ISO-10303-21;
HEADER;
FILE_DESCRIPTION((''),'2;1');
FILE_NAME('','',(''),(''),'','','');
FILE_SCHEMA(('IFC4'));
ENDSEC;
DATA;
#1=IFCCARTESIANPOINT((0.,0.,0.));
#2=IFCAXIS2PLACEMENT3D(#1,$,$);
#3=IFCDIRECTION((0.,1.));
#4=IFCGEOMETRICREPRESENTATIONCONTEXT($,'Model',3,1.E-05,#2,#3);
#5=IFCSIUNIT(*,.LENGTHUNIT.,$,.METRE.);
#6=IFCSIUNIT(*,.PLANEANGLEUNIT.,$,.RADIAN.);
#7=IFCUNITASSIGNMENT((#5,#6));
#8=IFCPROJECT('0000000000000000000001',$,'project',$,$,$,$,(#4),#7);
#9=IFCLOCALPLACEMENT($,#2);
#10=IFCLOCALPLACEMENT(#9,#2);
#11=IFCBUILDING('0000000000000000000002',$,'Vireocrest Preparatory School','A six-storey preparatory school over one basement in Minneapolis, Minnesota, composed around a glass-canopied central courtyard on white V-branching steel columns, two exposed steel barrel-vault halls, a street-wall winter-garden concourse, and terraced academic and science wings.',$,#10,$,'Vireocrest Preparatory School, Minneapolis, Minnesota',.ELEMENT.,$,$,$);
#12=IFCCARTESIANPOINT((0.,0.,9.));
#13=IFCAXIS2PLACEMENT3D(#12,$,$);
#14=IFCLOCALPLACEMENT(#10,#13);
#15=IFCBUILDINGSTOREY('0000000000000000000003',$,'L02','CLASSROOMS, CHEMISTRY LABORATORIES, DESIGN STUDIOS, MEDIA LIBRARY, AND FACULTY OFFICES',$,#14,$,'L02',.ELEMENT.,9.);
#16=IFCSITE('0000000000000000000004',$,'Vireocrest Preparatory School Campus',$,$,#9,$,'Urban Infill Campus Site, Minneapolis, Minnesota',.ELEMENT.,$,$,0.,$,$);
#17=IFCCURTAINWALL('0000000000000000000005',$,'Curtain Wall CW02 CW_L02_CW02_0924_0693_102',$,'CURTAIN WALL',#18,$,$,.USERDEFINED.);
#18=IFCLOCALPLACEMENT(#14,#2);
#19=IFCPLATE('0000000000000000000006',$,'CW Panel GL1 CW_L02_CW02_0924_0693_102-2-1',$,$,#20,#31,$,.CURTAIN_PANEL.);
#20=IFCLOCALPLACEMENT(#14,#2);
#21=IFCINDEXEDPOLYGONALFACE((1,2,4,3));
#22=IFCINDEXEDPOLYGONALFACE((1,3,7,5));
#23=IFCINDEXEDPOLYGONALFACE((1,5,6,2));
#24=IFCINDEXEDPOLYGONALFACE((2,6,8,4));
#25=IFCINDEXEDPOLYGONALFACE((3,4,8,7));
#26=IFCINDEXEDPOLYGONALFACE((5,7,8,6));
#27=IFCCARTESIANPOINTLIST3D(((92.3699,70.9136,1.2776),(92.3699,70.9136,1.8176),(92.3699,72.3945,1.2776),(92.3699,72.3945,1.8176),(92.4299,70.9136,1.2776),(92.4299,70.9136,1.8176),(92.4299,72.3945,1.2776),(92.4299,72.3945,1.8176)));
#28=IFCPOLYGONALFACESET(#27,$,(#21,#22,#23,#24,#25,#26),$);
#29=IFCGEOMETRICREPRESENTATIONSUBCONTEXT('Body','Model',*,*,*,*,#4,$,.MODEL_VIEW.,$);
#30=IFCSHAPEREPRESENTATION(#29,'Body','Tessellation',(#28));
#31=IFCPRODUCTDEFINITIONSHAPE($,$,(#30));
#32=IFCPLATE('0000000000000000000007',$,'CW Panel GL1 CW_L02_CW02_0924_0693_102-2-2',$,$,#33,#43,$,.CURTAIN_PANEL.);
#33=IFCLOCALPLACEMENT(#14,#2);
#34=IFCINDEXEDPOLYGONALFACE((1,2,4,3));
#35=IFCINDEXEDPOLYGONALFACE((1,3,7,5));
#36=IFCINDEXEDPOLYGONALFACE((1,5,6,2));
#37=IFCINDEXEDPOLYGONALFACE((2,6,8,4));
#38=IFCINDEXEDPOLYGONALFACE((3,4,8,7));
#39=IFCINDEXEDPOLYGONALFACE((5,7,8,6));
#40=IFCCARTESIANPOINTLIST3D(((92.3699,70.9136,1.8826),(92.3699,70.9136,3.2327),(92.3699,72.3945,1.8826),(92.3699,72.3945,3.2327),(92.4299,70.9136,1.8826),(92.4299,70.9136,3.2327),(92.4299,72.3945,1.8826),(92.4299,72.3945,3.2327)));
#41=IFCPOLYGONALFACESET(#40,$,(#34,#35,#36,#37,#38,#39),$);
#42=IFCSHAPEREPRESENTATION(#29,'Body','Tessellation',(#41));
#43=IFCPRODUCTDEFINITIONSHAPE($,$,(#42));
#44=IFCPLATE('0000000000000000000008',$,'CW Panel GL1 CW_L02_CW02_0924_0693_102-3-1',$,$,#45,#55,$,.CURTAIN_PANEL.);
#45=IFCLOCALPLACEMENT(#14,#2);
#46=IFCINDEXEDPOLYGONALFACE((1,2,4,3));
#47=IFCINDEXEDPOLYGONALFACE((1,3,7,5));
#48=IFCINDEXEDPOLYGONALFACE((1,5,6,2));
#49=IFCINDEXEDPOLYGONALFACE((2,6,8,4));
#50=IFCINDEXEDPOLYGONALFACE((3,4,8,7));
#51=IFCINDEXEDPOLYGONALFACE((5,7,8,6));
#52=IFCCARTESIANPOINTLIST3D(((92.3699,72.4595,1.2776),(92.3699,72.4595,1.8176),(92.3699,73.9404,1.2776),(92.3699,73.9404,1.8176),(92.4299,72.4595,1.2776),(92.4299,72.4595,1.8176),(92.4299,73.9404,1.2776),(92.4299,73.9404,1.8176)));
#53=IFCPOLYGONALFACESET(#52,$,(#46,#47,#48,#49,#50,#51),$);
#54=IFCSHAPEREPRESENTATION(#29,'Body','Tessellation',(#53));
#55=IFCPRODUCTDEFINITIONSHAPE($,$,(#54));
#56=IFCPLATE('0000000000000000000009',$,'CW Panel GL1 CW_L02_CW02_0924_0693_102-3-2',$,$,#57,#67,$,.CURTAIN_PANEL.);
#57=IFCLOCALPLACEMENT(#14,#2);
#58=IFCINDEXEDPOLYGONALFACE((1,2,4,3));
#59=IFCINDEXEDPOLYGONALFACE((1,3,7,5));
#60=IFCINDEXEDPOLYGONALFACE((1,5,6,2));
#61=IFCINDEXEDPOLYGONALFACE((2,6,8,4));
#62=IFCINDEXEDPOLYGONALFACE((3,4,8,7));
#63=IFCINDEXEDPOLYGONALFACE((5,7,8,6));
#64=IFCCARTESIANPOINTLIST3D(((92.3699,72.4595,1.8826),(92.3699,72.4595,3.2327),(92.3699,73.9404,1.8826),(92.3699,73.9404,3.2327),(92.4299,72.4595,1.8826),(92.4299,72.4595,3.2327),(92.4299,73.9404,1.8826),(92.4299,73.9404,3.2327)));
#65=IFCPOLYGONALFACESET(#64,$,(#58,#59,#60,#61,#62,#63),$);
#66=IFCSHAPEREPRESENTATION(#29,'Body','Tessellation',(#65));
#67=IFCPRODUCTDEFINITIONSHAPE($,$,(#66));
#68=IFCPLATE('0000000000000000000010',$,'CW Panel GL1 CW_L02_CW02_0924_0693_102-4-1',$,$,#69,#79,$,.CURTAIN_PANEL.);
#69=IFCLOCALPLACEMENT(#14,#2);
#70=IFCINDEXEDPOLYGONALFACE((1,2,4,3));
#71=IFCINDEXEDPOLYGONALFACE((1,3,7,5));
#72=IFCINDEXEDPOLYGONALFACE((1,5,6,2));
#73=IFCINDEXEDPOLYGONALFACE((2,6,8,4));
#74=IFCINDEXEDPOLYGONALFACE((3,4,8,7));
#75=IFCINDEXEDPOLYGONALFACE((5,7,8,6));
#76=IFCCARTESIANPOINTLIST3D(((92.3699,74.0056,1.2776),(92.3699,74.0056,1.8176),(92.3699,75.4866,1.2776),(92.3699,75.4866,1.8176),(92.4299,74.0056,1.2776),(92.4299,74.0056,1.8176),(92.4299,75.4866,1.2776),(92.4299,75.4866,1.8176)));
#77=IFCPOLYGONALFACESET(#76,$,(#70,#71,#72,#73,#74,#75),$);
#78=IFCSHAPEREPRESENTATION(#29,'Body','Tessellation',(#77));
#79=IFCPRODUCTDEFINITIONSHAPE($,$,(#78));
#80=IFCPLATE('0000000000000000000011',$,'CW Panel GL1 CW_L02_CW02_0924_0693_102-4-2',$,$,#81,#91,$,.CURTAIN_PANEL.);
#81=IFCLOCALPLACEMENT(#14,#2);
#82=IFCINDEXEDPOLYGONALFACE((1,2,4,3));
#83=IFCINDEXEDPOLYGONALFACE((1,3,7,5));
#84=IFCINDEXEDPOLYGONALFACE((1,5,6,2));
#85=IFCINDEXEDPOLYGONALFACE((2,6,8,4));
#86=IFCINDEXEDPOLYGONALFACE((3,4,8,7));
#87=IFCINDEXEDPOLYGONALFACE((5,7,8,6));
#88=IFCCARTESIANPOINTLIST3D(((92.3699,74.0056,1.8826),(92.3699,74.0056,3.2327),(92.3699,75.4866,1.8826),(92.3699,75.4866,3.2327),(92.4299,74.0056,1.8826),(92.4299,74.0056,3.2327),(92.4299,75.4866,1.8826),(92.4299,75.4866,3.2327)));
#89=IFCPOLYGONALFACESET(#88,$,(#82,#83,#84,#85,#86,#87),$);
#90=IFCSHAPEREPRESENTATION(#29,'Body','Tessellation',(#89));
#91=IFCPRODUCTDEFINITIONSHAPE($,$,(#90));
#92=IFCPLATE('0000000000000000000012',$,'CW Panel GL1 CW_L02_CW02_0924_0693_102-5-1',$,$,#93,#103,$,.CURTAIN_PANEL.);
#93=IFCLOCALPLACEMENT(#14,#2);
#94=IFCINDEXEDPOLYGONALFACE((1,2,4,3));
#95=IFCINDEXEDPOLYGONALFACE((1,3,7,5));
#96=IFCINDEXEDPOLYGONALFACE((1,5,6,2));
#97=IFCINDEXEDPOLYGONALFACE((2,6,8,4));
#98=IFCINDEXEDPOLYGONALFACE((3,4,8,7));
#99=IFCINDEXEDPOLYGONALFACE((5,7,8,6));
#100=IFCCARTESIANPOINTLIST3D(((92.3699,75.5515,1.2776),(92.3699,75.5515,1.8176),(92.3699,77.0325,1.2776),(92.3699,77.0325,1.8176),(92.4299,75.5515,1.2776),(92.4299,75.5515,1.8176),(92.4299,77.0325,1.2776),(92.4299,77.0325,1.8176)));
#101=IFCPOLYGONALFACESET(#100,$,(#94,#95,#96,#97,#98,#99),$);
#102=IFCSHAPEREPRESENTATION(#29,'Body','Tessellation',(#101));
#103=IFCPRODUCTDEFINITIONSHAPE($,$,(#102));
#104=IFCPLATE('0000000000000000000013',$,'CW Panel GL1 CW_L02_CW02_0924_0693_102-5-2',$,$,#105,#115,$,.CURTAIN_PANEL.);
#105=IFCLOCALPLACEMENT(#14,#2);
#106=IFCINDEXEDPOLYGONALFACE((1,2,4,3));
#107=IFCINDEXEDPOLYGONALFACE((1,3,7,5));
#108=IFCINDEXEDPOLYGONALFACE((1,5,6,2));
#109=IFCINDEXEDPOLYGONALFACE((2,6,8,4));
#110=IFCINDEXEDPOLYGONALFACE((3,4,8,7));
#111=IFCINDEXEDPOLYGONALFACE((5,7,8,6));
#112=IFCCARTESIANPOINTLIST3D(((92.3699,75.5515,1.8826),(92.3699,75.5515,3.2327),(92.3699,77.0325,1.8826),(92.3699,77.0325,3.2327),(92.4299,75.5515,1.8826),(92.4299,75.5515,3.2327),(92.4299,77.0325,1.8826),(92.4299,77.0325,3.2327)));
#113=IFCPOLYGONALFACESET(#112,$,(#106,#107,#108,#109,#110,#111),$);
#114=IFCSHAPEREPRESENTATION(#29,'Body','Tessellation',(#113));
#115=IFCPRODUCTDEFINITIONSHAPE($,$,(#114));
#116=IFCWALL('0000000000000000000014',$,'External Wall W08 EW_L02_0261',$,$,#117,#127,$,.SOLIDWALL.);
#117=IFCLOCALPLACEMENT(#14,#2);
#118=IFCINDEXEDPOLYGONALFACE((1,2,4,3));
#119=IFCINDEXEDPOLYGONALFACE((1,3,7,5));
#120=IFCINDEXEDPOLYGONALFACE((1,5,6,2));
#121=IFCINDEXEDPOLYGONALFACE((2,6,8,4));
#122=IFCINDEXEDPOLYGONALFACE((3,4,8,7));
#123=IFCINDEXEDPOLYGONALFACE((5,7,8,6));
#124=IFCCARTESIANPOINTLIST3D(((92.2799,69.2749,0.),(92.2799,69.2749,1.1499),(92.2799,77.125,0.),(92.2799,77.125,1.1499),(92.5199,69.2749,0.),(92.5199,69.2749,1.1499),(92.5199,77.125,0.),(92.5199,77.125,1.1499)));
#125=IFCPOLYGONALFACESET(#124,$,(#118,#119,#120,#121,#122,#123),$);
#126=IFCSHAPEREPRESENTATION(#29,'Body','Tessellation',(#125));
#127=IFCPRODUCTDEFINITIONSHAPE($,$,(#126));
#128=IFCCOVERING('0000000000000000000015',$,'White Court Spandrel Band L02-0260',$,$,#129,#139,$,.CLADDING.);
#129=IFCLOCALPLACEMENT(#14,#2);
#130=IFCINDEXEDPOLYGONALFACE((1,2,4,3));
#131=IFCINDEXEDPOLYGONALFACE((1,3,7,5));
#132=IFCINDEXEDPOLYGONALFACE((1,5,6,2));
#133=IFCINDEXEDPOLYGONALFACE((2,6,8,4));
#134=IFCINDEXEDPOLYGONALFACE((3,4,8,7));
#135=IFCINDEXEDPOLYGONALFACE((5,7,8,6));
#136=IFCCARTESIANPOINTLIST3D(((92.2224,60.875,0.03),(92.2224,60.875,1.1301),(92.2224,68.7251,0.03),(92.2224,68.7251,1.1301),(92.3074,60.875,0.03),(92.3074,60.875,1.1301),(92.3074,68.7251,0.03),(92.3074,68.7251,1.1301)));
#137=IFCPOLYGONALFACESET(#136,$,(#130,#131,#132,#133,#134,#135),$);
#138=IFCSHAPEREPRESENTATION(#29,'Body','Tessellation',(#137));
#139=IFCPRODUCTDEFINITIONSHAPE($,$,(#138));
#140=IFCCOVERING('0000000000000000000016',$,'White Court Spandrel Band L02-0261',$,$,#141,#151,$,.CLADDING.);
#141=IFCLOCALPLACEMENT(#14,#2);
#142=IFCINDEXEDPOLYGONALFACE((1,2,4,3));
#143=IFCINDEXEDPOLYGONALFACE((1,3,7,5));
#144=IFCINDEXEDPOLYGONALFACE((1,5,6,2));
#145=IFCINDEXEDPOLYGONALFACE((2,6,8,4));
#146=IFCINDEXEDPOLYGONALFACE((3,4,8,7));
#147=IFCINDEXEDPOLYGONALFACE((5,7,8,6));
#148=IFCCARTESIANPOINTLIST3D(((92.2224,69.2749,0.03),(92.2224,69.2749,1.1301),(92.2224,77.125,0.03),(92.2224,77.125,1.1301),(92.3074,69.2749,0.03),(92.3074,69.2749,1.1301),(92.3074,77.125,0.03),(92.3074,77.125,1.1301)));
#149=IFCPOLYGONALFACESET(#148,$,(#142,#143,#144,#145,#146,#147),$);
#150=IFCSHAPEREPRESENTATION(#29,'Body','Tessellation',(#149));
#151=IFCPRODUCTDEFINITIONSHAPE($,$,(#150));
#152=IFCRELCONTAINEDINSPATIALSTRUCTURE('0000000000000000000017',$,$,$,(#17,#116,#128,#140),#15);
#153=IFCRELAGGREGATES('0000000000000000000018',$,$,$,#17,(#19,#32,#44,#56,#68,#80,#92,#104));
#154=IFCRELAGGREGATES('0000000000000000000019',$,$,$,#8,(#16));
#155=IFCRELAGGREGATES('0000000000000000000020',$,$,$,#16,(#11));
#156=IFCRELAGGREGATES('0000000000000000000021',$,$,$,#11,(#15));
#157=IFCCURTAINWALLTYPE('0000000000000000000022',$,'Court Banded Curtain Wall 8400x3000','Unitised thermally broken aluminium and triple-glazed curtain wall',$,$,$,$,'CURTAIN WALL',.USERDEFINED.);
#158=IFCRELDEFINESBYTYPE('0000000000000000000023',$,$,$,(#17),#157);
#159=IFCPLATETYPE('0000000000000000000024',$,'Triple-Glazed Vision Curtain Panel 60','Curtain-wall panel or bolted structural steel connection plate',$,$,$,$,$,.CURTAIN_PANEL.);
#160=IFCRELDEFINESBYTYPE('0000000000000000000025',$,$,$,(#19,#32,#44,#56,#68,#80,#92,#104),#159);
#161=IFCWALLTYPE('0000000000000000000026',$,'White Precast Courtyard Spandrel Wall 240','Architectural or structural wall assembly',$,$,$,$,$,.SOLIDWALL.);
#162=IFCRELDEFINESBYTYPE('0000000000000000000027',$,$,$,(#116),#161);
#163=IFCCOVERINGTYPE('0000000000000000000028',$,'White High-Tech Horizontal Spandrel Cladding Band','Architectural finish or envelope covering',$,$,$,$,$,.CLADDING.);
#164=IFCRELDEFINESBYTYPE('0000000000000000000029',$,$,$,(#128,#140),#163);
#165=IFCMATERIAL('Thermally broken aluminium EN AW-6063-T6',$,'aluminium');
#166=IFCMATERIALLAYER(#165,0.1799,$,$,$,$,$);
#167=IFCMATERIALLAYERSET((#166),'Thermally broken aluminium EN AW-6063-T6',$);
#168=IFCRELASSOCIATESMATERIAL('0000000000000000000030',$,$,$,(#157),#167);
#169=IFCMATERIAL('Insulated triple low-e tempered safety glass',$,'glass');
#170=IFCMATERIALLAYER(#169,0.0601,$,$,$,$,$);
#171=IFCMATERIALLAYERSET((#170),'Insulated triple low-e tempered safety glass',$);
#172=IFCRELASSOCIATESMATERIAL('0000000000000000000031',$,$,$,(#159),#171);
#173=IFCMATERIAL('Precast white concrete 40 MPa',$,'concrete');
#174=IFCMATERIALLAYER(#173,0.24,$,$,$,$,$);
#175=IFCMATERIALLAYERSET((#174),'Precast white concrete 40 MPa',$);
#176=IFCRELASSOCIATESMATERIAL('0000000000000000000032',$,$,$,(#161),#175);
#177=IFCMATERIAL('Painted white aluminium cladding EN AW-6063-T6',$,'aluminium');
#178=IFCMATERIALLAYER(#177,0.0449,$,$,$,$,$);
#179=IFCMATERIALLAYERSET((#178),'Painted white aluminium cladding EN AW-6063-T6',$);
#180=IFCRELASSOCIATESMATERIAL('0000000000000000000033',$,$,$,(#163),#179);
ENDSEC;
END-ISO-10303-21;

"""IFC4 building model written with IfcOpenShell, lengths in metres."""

from ifc_helpers import new_model, si_unit, direction, frame, frame_2d, origin, origin_2d, place, context, subcontext, project, spatial, rectangle, extrude, material, layer, layer_set, type_object, element, aggregate, save


model = new_model("IFC4")

# Units and contexts
model_context = context("Model", 3, precision=1e-05, world=origin(), true_north=direction((0.0, 1.0)))
body_context = subcontext(model_context, "Body", "Model", "MODEL_VIEW")
ifc_project = project(units=[si_unit("LENGTHUNIT", "METRE"), si_unit("PLANEANGLEUNIT", "RADIAN")], contexts=[model_context])

# Site, building, storey
site_placement = place(None, origin())
site = spatial("IfcSite", under=ifc_project, at=site_placement, Name="Vireocrest Preparatory School Campus", LongName="Urban Infill Campus Site, Minneapolis, Minnesota", CompositionType="ELEMENT", RefElevation=0.0)
building_placement = place(site_placement, origin())
building = spatial("IfcBuilding", under=site, at=building_placement, Name="Vireocrest Preparatory School", Description="A six-storey preparatory school over one basement in Minneapolis, Minnesota, composed around a glass-canopied central courtyard on white V-branching steel columns, two exposed steel barrel-vault halls, a street-wall winter-garden concourse, and terraced academic and science wings.", LongName="Vireocrest Preparatory School, Minneapolis, Minnesota", CompositionType="ELEMENT")
storey_placement = place(building_placement, frame((0.0, 0.0, 9.0)))
storey = spatial("IfcBuildingStorey", under=building, at=storey_placement, Name="L02", Description="CLASSROOMS, CHEMISTRY LABORATORIES, DESIGN STUDIOS, MEDIA LIBRARY, AND FACULTY OFFICES", LongName="L02", CompositionType="ELEMENT", Elevation=9.0)

# Curtain wall
ifc_material_1 = material(Name="Thermally broken aluminium EN AW-6063-T6", Category="aluminium")
ifc_layer_1 = layer(ifc_material_1, 0.1799)
ifc_layer_set_1 = layer_set([ifc_layer_1], Name="Thermally broken aluminium EN AW-6063-T6")
curtain_wall_type = type_object("IfcCurtainWallType", Name="Court Banded Curtain Wall 8400x3000", Description="Unitised thermally broken aluminium and triple-glazed curtain wall", ElementType="CURTAIN WALL", PredefinedType="USERDEFINED", material=ifc_layer_set_1)
curtain_wall_1_placement = place(storey_placement, origin())
curtain_wall_1 = element("IfcCurtainWall", 1, at=curtain_wall_1_placement, inside=storey, type_object=curtain_wall_type, Name="Curtain Wall CW02 CW_L02_CW02_0924_0693_102", ObjectType="CURTAIN WALL", PredefinedType="USERDEFINED")

# Plates
ifc_material_2 = material(Name="Insulated triple low-e tempered safety glass", Category="glass")
ifc_layer_2 = layer(ifc_material_2, 0.0601)
ifc_layer_set_2 = layer_set([ifc_layer_2], Name="Insulated triple low-e tempered safety glass")
plate_type = type_object("IfcPlateType", Name="Triple-Glazed Vision Curtain Panel 60", Description="Curtain-wall panel or bolted structural steel connection plate", PredefinedType="CURTAIN_PANEL", material=ifc_layer_set_2)
plate_1_placement = place(storey_placement, frame((92.3999, 71.6541, 1.2776), z_axis=(0.0, 0.0, 1.0), x_axis=(0.0, 1.0, 0.0)))
plate_1 = element("IfcPlate", 2, at=plate_1_placement, type_object=plate_type, Name="CW Panel GL1 CW_L02_CW02_0924_0693_102-2-1", PredefinedType="CURTAIN_PANEL", context=body_context, shape_type="SweptSolid", body=[
    extrude(rectangle(XDim=1.481, YDim=0.0601, at=origin_2d()), origin(), (0.0, 0.0, 1.0), 0.54),
])
plate_2_placement = place(storey_placement, frame((92.3999, 71.6541, 1.8826), z_axis=(0.0, 0.0, 1.0), x_axis=(0.0, 1.0, 0.0)))
plate_2 = element("IfcPlate", 3, at=plate_2_placement, type_object=plate_type, Name="CW Panel GL1 CW_L02_CW02_0924_0693_102-2-2", PredefinedType="CURTAIN_PANEL", context=body_context, shape_type="SweptSolid", body=[
    extrude(rectangle(XDim=1.481, YDim=0.0601, at=origin_2d()), origin(), (0.0, 0.0, 1.0), 1.3501),
])
plate_3_placement = place(storey_placement, frame((92.3999, 73.2, 1.2776), z_axis=(0.0, 0.0, 1.0), x_axis=(0.0, 1.0, 0.0)))
plate_3 = element("IfcPlate", 4, at=plate_3_placement, type_object=plate_type, Name="CW Panel GL1 CW_L02_CW02_0924_0693_102-3-1", PredefinedType="CURTAIN_PANEL", context=body_context, shape_type="SweptSolid", body=[
    extrude(rectangle(XDim=1.481, YDim=0.0601, at=origin_2d()), origin(), (0.0, 0.0, 1.0), 0.54),
])
plate_4_placement = place(storey_placement, frame((92.3999, 73.2, 1.8826), z_axis=(0.0, 0.0, 1.0), x_axis=(0.0, 1.0, 0.0)))
plate_4 = element("IfcPlate", 5, at=plate_4_placement, type_object=plate_type, Name="CW Panel GL1 CW_L02_CW02_0924_0693_102-3-2", PredefinedType="CURTAIN_PANEL", context=body_context, shape_type="SweptSolid", body=[
    extrude(rectangle(XDim=1.481, YDim=0.0601, at=origin_2d()), origin(), (0.0, 0.0, 1.0), 1.3501),
])
plate_5_placement = place(storey_placement, frame((92.3999, 74.7461, 1.2776), z_axis=(0.0, 0.0, 1.0), x_axis=(0.0, 1.0, 0.0)))
plate_5 = element("IfcPlate", 6, at=plate_5_placement, type_object=plate_type, Name="CW Panel GL1 CW_L02_CW02_0924_0693_102-4-1", PredefinedType="CURTAIN_PANEL", context=body_context, shape_type="SweptSolid", body=[
    extrude(rectangle(XDim=1.481, YDim=0.0601, at=origin_2d()), origin(), (0.0, 0.0, 1.0), 0.54),
])
plate_6_placement = place(storey_placement, frame((92.3999, 74.7461, 1.8826), z_axis=(0.0, 0.0, 1.0), x_axis=(0.0, 1.0, 0.0)))
plate_6 = element("IfcPlate", 7, at=plate_6_placement, type_object=plate_type, Name="CW Panel GL1 CW_L02_CW02_0924_0693_102-4-2", PredefinedType="CURTAIN_PANEL", context=body_context, shape_type="SweptSolid", body=[
    extrude(rectangle(XDim=1.481, YDim=0.0601, at=origin_2d()), origin(), (0.0, 0.0, 1.0), 1.3501),
])
plate_7_placement = place(storey_placement, frame((92.3999, 76.292, 1.2776), z_axis=(0.0, 0.0, 1.0), x_axis=(0.0, 1.0, 0.0)))
plate_7 = element("IfcPlate", 8, at=plate_7_placement, type_object=plate_type, Name="CW Panel GL1 CW_L02_CW02_0924_0693_102-5-1", PredefinedType="CURTAIN_PANEL", context=body_context, shape_type="SweptSolid", body=[
    extrude(rectangle(XDim=1.481, YDim=0.0601, at=origin_2d()), origin(), (0.0, 0.0, 1.0), 0.54),
])
plate_8_placement = place(storey_placement, frame((92.3999, 76.292, 1.8826), z_axis=(0.0, 0.0, 1.0), x_axis=(0.0, 1.0, 0.0)))
plate_8 = element("IfcPlate", 9, at=plate_8_placement, type_object=plate_type, Name="CW Panel GL1 CW_L02_CW02_0924_0693_102-5-2", PredefinedType="CURTAIN_PANEL", context=body_context, shape_type="SweptSolid", body=[
    extrude(rectangle(XDim=1.481, YDim=0.0601, at=origin_2d()), origin(), (0.0, 0.0, 1.0), 1.3501),
])
aggregate(curtain_wall_1, [plate_1, plate_2, plate_3, plate_4, plate_5, plate_6, plate_7, plate_8])

# Wall
ifc_material_3 = material(Name="Precast white concrete 40 MPa", Category="concrete")
ifc_layer_3 = layer(ifc_material_3, 0.24)
ifc_layer_set_3 = layer_set([ifc_layer_3], Name="Precast white concrete 40 MPa")
wall_type = type_object("IfcWallType", Name="White Precast Courtyard Spandrel Wall 240", Description="Architectural or structural wall assembly", PredefinedType="SOLIDWALL", material=ifc_layer_set_3)
wall_placement = place(storey_placement, frame((92.3999, 69.2749, 0.0), z_axis=(0.0, 0.0, 1.0), x_axis=(0.0, 1.0, 0.0)))
element("IfcWall", 10, at=wall_placement, inside=storey, type_object=wall_type, Name="External Wall W08 EW_L02_0261", PredefinedType="SOLIDWALL", context=body_context, shape_type="SweptSolid", body=[
    extrude(rectangle(XDim=7.8501, YDim=0.24, at=frame_2d((3.925, 0.0))), origin(), (0.0, 0.0, 1.0), 1.1499),
])

# Coverings
ifc_material_4 = material(Name="Painted white aluminium cladding EN AW-6063-T6", Category="aluminium")
ifc_layer_4 = layer(ifc_material_4, 0.0449)
ifc_layer_set_4 = layer_set([ifc_layer_4], Name="Painted white aluminium cladding EN AW-6063-T6")
covering_type = type_object("IfcCoveringType", Name="White High-Tech Horizontal Spandrel Cladding Band", Description="Architectural finish or envelope covering", PredefinedType="CLADDING", material=ifc_layer_set_4)
for number, where, z_axis, x_axis, name in (
    (11, (92.2649, 64.8, 0.03), (0.0, 0.0, 1.0), (1.0, 0.0, 0.0), "White Court Spandrel Band L02-0260"),
    (12, (92.2649, 73.2, 0.03), (0.0, 0.0, 1.0), (1.0, 0.0, 0.0), "White Court Spandrel Band L02-0261"),
):
    element("IfcCovering", number, at=place(storey_placement, frame(where, z_axis=z_axis, x_axis=x_axis)), inside=storey, type_object=covering_type, Name=name, PredefinedType="CLADDING", context=body_context, shape_type="SweptSolid", body=[
        extrude(rectangle(XDim=0.085, YDim=7.8501, at=origin_2d()), origin(), (0.0, 0.0, 1.0), 1.1001),
    ])

save(model, "model.ifc")
